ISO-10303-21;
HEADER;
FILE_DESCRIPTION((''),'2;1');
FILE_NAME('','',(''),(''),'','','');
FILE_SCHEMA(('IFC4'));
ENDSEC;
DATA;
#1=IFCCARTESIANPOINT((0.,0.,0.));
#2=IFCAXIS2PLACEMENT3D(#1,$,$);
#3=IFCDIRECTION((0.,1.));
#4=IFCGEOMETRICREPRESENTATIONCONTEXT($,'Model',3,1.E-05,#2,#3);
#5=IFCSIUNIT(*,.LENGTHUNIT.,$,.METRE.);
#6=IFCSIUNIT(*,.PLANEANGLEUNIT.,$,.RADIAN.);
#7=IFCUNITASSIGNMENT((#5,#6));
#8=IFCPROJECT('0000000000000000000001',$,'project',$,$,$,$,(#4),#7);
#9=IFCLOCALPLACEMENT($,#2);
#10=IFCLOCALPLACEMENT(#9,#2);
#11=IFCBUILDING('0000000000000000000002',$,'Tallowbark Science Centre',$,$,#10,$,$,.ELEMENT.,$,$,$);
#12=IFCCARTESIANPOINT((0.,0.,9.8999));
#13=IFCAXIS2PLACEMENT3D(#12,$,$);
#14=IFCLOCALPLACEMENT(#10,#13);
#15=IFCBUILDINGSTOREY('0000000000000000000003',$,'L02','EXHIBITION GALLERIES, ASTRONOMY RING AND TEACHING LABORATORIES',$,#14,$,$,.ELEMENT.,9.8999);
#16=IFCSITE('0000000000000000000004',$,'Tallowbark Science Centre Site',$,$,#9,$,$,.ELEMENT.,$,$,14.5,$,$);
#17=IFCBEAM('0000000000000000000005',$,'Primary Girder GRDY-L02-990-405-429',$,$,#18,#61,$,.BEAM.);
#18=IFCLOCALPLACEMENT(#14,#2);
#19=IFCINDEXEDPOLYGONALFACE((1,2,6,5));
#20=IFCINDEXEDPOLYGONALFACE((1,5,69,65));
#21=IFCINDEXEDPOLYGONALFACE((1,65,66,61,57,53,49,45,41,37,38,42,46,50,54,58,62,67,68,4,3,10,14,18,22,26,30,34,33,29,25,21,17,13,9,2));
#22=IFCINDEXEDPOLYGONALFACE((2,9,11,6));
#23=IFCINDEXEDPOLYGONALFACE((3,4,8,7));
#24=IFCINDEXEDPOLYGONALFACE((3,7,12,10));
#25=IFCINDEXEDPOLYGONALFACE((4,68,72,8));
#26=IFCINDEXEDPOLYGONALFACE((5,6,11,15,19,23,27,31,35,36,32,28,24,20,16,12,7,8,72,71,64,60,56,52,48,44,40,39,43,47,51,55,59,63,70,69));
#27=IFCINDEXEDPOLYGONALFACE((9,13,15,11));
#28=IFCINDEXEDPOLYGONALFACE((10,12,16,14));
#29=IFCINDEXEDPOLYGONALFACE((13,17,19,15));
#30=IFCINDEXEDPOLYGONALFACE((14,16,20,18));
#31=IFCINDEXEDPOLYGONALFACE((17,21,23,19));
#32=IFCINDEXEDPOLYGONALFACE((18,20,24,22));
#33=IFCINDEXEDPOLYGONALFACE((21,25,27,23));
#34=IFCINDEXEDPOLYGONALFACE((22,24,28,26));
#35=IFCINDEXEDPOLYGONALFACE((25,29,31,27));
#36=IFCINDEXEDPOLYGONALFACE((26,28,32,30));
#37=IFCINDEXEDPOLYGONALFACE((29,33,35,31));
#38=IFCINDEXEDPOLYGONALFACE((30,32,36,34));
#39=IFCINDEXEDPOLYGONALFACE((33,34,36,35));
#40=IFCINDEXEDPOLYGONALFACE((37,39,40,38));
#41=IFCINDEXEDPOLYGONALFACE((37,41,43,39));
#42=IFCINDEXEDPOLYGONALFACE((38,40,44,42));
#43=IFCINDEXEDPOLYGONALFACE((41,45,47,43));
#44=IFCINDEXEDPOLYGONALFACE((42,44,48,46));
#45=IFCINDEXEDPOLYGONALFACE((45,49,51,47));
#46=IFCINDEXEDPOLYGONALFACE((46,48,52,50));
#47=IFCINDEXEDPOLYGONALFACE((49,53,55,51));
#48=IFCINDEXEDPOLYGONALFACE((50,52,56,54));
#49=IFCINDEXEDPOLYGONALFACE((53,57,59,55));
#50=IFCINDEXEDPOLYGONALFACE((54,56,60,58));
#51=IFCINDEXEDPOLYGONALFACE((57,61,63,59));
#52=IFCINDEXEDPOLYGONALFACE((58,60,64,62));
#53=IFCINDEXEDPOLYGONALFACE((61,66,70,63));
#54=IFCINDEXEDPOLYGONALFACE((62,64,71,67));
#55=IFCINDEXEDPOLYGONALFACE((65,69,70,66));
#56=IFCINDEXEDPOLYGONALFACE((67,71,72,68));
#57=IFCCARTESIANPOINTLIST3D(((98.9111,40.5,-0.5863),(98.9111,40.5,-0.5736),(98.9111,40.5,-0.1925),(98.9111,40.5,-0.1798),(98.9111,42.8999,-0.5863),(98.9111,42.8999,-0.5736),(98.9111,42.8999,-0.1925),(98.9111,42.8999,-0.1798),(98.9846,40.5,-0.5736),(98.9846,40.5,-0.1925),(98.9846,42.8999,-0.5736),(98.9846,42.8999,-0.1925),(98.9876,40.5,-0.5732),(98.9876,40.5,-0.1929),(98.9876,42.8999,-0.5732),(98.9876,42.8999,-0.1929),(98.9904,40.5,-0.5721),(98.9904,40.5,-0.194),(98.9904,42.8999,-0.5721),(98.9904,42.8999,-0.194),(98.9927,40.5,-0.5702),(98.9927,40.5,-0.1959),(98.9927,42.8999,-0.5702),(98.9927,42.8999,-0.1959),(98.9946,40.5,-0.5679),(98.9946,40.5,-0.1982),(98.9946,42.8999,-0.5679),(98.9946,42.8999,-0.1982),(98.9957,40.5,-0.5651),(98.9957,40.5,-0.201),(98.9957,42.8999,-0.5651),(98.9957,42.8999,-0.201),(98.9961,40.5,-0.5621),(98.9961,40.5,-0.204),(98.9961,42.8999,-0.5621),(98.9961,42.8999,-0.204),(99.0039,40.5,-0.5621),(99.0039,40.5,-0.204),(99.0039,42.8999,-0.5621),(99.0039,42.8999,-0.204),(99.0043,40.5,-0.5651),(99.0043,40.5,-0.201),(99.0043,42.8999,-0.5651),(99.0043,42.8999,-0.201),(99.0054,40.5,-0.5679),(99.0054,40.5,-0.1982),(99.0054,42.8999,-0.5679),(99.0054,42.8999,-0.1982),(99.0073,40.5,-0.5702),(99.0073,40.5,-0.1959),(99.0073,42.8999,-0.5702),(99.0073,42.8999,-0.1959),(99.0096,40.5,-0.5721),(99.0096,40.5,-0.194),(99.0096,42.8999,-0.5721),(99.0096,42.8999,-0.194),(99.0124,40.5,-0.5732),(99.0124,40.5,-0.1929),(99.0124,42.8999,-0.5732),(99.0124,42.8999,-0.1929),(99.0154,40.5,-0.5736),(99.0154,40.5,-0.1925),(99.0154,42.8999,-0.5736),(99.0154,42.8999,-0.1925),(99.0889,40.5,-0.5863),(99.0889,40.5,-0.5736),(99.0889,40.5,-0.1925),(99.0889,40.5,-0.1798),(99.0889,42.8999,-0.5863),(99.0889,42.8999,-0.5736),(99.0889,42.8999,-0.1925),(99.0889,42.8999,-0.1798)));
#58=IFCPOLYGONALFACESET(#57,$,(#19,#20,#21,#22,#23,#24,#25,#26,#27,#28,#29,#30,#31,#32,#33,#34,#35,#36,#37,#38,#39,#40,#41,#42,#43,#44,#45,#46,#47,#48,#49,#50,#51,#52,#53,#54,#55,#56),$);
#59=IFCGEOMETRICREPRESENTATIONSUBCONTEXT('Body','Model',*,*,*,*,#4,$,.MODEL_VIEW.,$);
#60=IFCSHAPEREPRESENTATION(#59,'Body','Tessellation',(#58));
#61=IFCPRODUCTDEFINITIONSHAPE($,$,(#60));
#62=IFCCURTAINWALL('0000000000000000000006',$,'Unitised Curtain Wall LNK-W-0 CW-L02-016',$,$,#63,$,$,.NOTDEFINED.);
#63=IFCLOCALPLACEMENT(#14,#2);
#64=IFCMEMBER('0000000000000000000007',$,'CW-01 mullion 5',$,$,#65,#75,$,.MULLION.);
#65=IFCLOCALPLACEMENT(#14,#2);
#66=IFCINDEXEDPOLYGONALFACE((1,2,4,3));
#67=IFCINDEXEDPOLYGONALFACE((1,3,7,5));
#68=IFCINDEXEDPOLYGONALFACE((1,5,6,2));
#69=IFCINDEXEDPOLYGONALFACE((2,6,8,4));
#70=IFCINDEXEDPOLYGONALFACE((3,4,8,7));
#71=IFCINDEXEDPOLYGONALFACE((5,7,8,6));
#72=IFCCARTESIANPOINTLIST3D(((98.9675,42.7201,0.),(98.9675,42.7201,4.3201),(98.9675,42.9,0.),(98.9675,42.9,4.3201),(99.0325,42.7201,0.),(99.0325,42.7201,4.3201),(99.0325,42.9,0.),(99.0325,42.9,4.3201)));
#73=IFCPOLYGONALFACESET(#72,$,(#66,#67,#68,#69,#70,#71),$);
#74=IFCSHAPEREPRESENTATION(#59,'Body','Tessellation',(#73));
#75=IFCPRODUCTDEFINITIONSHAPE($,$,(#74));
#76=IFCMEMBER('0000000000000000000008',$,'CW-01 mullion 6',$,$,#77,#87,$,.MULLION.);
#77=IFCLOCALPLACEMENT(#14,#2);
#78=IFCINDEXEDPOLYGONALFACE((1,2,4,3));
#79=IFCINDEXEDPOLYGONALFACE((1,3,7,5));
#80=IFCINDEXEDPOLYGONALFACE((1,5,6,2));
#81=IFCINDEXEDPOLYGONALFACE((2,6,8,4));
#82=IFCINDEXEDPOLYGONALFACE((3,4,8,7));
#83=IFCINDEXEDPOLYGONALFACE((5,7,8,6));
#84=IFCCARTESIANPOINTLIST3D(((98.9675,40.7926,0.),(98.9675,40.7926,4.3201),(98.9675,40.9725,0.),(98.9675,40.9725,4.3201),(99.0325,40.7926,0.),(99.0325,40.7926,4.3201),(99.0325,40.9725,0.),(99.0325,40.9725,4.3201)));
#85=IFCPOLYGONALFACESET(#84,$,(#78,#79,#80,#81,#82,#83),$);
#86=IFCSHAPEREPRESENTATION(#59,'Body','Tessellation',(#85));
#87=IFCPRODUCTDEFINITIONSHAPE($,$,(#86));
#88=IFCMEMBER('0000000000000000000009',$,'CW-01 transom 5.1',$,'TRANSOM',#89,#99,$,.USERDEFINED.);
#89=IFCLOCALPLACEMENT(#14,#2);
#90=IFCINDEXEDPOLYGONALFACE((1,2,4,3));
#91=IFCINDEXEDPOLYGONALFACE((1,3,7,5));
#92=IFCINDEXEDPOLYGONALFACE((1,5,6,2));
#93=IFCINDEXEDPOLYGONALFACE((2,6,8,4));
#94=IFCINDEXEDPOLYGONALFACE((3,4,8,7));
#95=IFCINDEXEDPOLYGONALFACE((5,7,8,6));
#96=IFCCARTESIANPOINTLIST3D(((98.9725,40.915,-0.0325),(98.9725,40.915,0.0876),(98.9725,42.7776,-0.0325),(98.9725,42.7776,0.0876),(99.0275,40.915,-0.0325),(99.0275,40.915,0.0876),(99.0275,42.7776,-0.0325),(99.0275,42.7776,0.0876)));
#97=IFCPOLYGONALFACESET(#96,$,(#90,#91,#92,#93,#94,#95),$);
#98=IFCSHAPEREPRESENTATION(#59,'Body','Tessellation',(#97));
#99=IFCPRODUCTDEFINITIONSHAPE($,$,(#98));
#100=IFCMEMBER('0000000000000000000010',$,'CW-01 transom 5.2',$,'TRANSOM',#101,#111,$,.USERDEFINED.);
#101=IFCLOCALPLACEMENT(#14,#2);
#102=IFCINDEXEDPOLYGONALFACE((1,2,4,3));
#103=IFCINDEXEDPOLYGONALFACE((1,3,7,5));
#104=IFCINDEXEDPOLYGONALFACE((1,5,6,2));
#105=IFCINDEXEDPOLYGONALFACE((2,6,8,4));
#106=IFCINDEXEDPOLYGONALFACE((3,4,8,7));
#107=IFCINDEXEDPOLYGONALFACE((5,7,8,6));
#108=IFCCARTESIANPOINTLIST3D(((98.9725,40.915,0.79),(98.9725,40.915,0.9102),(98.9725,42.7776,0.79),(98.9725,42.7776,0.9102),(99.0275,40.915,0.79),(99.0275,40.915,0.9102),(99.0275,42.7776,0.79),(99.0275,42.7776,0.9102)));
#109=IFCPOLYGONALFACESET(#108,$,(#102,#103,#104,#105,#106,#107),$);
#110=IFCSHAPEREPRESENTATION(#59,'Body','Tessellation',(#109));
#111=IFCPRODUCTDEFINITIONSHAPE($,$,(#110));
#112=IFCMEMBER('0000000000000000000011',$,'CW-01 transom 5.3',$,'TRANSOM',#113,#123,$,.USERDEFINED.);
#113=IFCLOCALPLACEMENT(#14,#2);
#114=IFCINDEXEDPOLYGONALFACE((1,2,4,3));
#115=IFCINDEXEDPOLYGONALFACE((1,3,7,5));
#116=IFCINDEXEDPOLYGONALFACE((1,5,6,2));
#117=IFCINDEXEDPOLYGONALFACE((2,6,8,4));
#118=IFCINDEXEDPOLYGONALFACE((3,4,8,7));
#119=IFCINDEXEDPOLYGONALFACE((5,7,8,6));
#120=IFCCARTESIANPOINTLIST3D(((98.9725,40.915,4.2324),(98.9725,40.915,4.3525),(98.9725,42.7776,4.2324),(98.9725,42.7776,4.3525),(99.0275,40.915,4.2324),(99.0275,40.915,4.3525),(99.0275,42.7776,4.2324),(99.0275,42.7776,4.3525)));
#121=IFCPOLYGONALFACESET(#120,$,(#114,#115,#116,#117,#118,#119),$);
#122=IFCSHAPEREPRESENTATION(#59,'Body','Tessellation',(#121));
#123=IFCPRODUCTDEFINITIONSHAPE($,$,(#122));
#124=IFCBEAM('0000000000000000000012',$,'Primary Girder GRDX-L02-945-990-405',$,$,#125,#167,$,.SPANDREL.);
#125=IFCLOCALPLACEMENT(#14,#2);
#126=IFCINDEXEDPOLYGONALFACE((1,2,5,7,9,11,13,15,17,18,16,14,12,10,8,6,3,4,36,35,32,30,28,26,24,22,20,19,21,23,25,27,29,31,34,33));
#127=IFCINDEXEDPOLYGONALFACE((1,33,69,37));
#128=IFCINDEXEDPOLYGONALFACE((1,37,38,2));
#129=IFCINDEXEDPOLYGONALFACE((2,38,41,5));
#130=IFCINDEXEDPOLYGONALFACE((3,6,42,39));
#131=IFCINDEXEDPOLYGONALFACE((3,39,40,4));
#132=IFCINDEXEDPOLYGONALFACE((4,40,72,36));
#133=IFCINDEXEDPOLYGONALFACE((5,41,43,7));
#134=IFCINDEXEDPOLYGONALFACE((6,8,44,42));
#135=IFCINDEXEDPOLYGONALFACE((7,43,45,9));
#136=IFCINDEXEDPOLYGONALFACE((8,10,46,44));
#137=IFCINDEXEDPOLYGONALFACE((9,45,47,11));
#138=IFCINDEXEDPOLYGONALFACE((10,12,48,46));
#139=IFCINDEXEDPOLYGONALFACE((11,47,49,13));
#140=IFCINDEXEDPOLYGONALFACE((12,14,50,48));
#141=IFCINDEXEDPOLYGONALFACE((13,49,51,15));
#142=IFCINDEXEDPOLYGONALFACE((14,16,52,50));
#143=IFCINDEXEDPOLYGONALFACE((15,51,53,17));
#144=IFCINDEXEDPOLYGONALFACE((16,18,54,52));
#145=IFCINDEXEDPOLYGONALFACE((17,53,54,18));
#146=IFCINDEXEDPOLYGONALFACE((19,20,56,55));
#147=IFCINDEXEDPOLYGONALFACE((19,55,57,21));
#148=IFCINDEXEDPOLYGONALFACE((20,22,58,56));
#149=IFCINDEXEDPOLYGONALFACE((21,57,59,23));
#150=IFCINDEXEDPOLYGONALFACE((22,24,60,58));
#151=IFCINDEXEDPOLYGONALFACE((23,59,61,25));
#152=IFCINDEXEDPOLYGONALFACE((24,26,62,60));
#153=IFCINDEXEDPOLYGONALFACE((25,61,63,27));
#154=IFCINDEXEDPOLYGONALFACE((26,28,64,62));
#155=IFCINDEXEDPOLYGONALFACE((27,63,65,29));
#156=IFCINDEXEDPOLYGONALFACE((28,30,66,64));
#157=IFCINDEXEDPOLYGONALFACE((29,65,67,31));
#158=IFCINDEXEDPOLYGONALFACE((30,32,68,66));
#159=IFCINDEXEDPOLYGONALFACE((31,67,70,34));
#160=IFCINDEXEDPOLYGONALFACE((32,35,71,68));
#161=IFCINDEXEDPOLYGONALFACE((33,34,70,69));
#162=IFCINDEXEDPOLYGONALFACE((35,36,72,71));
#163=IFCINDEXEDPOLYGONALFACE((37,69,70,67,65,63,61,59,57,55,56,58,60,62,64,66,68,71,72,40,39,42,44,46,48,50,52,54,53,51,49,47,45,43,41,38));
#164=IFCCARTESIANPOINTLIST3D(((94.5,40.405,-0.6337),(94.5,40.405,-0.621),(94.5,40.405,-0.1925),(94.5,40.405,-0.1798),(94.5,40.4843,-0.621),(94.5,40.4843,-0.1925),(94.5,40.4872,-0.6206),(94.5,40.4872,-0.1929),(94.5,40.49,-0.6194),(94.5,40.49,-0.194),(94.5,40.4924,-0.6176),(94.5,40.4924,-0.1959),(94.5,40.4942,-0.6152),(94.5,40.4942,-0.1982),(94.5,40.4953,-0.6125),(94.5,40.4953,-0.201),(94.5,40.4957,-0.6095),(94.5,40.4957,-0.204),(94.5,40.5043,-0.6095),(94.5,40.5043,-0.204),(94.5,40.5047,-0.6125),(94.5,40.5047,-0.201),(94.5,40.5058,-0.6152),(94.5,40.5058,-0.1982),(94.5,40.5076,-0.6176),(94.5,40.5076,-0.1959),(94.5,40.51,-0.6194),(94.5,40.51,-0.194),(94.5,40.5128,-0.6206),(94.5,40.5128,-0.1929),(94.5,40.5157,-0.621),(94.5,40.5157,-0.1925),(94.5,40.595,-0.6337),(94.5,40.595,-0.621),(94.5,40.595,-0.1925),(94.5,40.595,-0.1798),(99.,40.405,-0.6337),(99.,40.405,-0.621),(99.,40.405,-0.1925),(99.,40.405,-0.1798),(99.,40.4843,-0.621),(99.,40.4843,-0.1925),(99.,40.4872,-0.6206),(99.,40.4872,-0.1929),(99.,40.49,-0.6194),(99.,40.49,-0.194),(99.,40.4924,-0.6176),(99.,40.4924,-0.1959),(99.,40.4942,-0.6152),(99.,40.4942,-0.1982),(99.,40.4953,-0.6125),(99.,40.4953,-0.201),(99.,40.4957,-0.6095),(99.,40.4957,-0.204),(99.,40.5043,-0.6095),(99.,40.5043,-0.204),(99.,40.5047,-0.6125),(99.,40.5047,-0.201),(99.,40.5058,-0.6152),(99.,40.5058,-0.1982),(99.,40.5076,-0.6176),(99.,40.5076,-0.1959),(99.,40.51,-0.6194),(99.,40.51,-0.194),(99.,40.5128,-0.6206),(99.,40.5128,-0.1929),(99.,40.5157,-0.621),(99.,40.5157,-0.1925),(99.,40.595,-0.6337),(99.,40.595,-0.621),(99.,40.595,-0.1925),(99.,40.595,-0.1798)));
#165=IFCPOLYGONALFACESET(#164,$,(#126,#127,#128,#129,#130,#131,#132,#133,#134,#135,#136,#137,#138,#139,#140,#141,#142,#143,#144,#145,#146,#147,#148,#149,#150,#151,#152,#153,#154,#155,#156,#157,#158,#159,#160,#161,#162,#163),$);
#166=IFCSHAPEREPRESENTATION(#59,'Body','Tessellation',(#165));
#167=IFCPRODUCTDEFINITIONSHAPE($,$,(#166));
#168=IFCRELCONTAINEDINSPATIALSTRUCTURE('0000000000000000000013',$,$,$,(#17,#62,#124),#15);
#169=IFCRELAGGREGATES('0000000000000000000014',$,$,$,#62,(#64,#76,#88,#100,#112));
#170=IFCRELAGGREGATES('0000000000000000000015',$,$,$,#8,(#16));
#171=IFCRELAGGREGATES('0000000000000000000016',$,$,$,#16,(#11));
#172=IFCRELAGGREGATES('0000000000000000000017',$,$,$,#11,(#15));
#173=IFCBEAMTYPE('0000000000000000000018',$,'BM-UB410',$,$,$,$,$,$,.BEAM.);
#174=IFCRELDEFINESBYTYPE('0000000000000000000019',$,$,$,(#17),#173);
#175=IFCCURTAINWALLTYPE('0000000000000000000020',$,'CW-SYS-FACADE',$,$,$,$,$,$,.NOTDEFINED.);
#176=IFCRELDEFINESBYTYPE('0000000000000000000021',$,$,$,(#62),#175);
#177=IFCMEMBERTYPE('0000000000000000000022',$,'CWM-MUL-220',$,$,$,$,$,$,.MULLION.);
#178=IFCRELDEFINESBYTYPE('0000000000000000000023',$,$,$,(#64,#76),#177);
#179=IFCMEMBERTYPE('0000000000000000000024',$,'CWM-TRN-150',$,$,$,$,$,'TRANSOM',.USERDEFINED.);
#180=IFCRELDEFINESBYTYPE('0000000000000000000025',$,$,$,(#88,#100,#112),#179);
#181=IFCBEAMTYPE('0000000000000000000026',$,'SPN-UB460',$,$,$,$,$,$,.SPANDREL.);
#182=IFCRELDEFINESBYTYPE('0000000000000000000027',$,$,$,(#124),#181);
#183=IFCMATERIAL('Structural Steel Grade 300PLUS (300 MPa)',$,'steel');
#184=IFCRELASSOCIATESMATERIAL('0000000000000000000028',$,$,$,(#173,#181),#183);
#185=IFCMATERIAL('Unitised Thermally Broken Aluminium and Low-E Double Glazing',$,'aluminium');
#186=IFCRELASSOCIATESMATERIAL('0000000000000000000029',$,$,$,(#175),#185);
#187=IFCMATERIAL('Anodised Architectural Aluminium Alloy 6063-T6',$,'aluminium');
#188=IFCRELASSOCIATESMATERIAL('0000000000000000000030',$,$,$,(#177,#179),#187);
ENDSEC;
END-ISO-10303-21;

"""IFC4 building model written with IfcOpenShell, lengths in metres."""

from ifc_helpers import new_model, si_unit, direction, frame, origin, origin_2d, place, context, subcontext, project, spatial, rectangle, i_section, extrude, material, material_profile, profile_set, type_object, element, aggregate, save


model = new_model("IFC4")

# Units and contexts
model_context = context("Model", 3, precision=1e-05, world=origin(), true_north=direction((0.0, 1.0)))
body_context = subcontext(model_context, "Body", "Model", "MODEL_VIEW")
ifc_project = project(units=[si_unit("LENGTHUNIT", "METRE"), si_unit("PLANEANGLEUNIT", "RADIAN")], contexts=[model_context])

# Site, building, storey
site_placement = place(None, origin())
site = spatial("IfcSite", under=ifc_project, at=site_placement, Name="Tallowbark Science Centre Site", CompositionType="ELEMENT", RefElevation=14.5)
building_placement = place(site_placement, origin())
building = spatial("IfcBuilding", under=site, at=building_placement, Name="Tallowbark Science Centre", CompositionType="ELEMENT")
storey_placement = place(building_placement, frame((0.0, 0.0, 9.8999)))
storey = spatial("IfcBuildingStorey", under=building, at=storey_placement, Name="L02", Description="EXHIBITION GALLERIES, ASTRONOMY RING AND TEACHING LABORATORIES", CompositionType="ELEMENT", Elevation=9.8999)

# Shared definitions
ifc_material_1 = material(Name="Structural Steel Grade 300PLUS (300 MPa)", Category="steel")

# Beam
ifc_material_profile_1 = material_profile(ifc_material_1, i_section(OverallWidth=0.1777, OverallDepth=0.4065, WebThickness=0.0078, FlangeThickness=0.0127, FilletRadius=0.0115, at=origin_2d()), Name="410UB59.7")
ifc_profile_set_1 = profile_set([ifc_material_profile_1], Name="Structural Steel Grade 300PLUS (300 MPa)")
beam_type_1 = type_object("IfcBeamType", Name="BM-UB410", PredefinedType="BEAM", material=ifc_profile_set_1)
beam_1_placement = place(storey_placement, frame((99.0, 40.5, -0.3831), z_axis=(0.0, 1.0, 0.0), x_axis=(-1.0, 0.0, 0.0)))
element("IfcBeam", 1, at=beam_1_placement, inside=storey, type_object=beam_type_1, Name="Primary Girder GRDY-L02-990-405-429", PredefinedType="BEAM", context=body_context, shape_type="SweptSolid", body=[
    extrude(i_section(OverallWidth=0.1777, OverallDepth=0.4065, WebThickness=0.0078, FlangeThickness=0.0127, FilletRadius=0.0115, at=origin_2d()), origin(), (0.0, 0.0, 1.0), 2.3999),
])

# Curtain wall, members
ifc_material_2 = material(Name="Unitised Thermally Broken Aluminium and Low-E Double Glazing", Category="aluminium")
curtain_wall_type = type_object("IfcCurtainWallType", Name="CW-SYS-FACADE", PredefinedType="NOTDEFINED", material=ifc_material_2)
curtain_wall_placement = place(storey_placement, origin())
curtain_wall = element("IfcCurtainWall", 2, at=curtain_wall_placement, inside=storey, type_object=curtain_wall_type, Name="Unitised Curtain Wall LNK-W-0 CW-L02-016", PredefinedType="NOTDEFINED")
ifc_material_3 = material(Name="Anodised Architectural Aluminium Alloy 6063-T6", Category="aluminium")
ifc_material_profile_2 = material_profile(ifc_material_3, rectangle(XDim=0.0649, YDim=0.1799, at=origin_2d()), Name="ALU65x180")
ifc_profile_set_2 = profile_set([ifc_material_profile_2], Name="Anodised Architectural Aluminium Alloy 6063-T6")
member_type_1 = type_object("IfcMemberType", Name="CWM-MUL-220", PredefinedType="MULLION", material=ifc_profile_set_2)
member_1_placement = place(storey_placement, frame((99.0, 42.8101, 0.0), z_axis=(0.0, 0.0, 1.0), x_axis=(1.0, 0.0, 0.0)))
member_1 = element("IfcMember", 3, at=member_1_placement, type_object=member_type_1, Name="CW-01 mullion 5", PredefinedType="MULLION", context=body_context, shape_type="SweptSolid", body=[
    extrude(rectangle(XDim=0.0649, YDim=0.1799, at=origin_2d()), origin(), (0.0, 0.0, 1.0), 4.3201),
])
member_2_placement = place(storey_placement, frame((99.0, 40.8826, 0.0), z_axis=(0.0, 0.0, 1.0), x_axis=(1.0, 0.0, 0.0)))
member_2 = element("IfcMember", 4, at=member_2_placement, type_object=member_type_1, Name="CW-01 mullion 6", PredefinedType="MULLION", context=body_context, shape_type="SweptSolid", body=[
    extrude(rectangle(XDim=0.0649, YDim=0.1799, at=origin_2d()), origin(), (0.0, 0.0, 1.0), 4.3201),
])
ifc_material_profile_3 = material_profile(ifc_material_3, rectangle(XDim=0.0549, YDim=0.1201, at=origin_2d()), Name="ALU55x120")
ifc_profile_set_3 = profile_set([ifc_material_profile_3], Name="Anodised Architectural Aluminium Alloy 6063-T6")
member_type_2 = type_object("IfcMemberType", Name="CWM-TRN-150", ElementType="TRANSOM", PredefinedType="USERDEFINED", material=ifc_profile_set_3)
member_3_placement = place(storey_placement, frame((99.0, 42.7776, 0.0276), z_axis=(0.0, -1.0, 0.0), x_axis=(1.0, 0.0, 0.0)))
member_3 = element("IfcMember", 5, at=member_3_placement, type_object=member_type_2, Name="CW-01 transom 5.1", ObjectType="TRANSOM", PredefinedType="USERDEFINED", context=body_context, shape_type="SweptSolid", body=[
    extrude(rectangle(XDim=0.0549, YDim=0.1201, at=origin_2d()), origin(), (0.0, 0.0, 1.0), 1.8625),
])
member_4_placement = place(storey_placement, frame((99.0, 42.7776, 0.8501), z_axis=(0.0, -1.0, 0.0), x_axis=(1.0, 0.0, 0.0)))
member_4 = element("IfcMember", 6, at=member_4_placement, type_object=member_type_2, Name="CW-01 transom 5.2", ObjectType="TRANSOM", PredefinedType="USERDEFINED", context=body_context, shape_type="SweptSolid", body=[
    extrude(rectangle(XDim=0.0549, YDim=0.1201, at=origin_2d()), origin(), (0.0, 0.0, 1.0), 1.8625),
])
member_5_placement = place(storey_placement, frame((99.0, 42.7776, 4.2925), z_axis=(0.0, -1.0, 0.0), x_axis=(1.0, 0.0, 0.0)))
member_5 = element("IfcMember", 7, at=member_5_placement, type_object=member_type_2, Name="CW-01 transom 5.3", ObjectType="TRANSOM", PredefinedType="USERDEFINED", context=body_context, shape_type="SweptSolid", body=[
    extrude(rectangle(XDim=0.0549, YDim=0.1201, at=origin_2d()), origin(), (0.0, 0.0, 1.0), 1.8625),
])

# Beam
ifc_material_profile_4 = material_profile(ifc_material_1, i_section(OverallWidth=0.1899, OverallDepth=0.4539, WebThickness=0.0085, FlangeThickness=0.0127, FilletRadius=0.0115, at=origin_2d()), Name="460UB67.1")
ifc_profile_set_4 = profile_set([ifc_material_profile_4], Name="Structural Steel Grade 300PLUS (300 MPa)")
beam_type_2 = type_object("IfcBeamType", Name="SPN-UB460", PredefinedType="SPANDREL", material=ifc_profile_set_4)
for number, where, z_axis, x_axis, name in (
    (8, (94.5, 40.5, -0.4067), (1.0, 0.0, 0.0), (0.0, 1.0, 0.0), "Primary Girder GRDX-L02-945-990-405"),
):
    element("IfcBeam", number, at=place(storey_placement, frame(where, z_axis=z_axis, x_axis=x_axis)), inside=storey, type_object=beam_type_2, Name=name, PredefinedType="SPANDREL", context=body_context, shape_type="SweptSolid", body=[
        extrude(i_section(OverallWidth=0.1899, OverallDepth=0.4539, WebThickness=0.0085, FlangeThickness=0.0127, FilletRadius=0.0115, at=origin_2d()), origin(), (0.0, 0.0, 1.0), 4.5),
    ])

aggregate(curtain_wall, [member_1, member_2, member_3, member_4, member_5])

save(model, "model.ifc")
